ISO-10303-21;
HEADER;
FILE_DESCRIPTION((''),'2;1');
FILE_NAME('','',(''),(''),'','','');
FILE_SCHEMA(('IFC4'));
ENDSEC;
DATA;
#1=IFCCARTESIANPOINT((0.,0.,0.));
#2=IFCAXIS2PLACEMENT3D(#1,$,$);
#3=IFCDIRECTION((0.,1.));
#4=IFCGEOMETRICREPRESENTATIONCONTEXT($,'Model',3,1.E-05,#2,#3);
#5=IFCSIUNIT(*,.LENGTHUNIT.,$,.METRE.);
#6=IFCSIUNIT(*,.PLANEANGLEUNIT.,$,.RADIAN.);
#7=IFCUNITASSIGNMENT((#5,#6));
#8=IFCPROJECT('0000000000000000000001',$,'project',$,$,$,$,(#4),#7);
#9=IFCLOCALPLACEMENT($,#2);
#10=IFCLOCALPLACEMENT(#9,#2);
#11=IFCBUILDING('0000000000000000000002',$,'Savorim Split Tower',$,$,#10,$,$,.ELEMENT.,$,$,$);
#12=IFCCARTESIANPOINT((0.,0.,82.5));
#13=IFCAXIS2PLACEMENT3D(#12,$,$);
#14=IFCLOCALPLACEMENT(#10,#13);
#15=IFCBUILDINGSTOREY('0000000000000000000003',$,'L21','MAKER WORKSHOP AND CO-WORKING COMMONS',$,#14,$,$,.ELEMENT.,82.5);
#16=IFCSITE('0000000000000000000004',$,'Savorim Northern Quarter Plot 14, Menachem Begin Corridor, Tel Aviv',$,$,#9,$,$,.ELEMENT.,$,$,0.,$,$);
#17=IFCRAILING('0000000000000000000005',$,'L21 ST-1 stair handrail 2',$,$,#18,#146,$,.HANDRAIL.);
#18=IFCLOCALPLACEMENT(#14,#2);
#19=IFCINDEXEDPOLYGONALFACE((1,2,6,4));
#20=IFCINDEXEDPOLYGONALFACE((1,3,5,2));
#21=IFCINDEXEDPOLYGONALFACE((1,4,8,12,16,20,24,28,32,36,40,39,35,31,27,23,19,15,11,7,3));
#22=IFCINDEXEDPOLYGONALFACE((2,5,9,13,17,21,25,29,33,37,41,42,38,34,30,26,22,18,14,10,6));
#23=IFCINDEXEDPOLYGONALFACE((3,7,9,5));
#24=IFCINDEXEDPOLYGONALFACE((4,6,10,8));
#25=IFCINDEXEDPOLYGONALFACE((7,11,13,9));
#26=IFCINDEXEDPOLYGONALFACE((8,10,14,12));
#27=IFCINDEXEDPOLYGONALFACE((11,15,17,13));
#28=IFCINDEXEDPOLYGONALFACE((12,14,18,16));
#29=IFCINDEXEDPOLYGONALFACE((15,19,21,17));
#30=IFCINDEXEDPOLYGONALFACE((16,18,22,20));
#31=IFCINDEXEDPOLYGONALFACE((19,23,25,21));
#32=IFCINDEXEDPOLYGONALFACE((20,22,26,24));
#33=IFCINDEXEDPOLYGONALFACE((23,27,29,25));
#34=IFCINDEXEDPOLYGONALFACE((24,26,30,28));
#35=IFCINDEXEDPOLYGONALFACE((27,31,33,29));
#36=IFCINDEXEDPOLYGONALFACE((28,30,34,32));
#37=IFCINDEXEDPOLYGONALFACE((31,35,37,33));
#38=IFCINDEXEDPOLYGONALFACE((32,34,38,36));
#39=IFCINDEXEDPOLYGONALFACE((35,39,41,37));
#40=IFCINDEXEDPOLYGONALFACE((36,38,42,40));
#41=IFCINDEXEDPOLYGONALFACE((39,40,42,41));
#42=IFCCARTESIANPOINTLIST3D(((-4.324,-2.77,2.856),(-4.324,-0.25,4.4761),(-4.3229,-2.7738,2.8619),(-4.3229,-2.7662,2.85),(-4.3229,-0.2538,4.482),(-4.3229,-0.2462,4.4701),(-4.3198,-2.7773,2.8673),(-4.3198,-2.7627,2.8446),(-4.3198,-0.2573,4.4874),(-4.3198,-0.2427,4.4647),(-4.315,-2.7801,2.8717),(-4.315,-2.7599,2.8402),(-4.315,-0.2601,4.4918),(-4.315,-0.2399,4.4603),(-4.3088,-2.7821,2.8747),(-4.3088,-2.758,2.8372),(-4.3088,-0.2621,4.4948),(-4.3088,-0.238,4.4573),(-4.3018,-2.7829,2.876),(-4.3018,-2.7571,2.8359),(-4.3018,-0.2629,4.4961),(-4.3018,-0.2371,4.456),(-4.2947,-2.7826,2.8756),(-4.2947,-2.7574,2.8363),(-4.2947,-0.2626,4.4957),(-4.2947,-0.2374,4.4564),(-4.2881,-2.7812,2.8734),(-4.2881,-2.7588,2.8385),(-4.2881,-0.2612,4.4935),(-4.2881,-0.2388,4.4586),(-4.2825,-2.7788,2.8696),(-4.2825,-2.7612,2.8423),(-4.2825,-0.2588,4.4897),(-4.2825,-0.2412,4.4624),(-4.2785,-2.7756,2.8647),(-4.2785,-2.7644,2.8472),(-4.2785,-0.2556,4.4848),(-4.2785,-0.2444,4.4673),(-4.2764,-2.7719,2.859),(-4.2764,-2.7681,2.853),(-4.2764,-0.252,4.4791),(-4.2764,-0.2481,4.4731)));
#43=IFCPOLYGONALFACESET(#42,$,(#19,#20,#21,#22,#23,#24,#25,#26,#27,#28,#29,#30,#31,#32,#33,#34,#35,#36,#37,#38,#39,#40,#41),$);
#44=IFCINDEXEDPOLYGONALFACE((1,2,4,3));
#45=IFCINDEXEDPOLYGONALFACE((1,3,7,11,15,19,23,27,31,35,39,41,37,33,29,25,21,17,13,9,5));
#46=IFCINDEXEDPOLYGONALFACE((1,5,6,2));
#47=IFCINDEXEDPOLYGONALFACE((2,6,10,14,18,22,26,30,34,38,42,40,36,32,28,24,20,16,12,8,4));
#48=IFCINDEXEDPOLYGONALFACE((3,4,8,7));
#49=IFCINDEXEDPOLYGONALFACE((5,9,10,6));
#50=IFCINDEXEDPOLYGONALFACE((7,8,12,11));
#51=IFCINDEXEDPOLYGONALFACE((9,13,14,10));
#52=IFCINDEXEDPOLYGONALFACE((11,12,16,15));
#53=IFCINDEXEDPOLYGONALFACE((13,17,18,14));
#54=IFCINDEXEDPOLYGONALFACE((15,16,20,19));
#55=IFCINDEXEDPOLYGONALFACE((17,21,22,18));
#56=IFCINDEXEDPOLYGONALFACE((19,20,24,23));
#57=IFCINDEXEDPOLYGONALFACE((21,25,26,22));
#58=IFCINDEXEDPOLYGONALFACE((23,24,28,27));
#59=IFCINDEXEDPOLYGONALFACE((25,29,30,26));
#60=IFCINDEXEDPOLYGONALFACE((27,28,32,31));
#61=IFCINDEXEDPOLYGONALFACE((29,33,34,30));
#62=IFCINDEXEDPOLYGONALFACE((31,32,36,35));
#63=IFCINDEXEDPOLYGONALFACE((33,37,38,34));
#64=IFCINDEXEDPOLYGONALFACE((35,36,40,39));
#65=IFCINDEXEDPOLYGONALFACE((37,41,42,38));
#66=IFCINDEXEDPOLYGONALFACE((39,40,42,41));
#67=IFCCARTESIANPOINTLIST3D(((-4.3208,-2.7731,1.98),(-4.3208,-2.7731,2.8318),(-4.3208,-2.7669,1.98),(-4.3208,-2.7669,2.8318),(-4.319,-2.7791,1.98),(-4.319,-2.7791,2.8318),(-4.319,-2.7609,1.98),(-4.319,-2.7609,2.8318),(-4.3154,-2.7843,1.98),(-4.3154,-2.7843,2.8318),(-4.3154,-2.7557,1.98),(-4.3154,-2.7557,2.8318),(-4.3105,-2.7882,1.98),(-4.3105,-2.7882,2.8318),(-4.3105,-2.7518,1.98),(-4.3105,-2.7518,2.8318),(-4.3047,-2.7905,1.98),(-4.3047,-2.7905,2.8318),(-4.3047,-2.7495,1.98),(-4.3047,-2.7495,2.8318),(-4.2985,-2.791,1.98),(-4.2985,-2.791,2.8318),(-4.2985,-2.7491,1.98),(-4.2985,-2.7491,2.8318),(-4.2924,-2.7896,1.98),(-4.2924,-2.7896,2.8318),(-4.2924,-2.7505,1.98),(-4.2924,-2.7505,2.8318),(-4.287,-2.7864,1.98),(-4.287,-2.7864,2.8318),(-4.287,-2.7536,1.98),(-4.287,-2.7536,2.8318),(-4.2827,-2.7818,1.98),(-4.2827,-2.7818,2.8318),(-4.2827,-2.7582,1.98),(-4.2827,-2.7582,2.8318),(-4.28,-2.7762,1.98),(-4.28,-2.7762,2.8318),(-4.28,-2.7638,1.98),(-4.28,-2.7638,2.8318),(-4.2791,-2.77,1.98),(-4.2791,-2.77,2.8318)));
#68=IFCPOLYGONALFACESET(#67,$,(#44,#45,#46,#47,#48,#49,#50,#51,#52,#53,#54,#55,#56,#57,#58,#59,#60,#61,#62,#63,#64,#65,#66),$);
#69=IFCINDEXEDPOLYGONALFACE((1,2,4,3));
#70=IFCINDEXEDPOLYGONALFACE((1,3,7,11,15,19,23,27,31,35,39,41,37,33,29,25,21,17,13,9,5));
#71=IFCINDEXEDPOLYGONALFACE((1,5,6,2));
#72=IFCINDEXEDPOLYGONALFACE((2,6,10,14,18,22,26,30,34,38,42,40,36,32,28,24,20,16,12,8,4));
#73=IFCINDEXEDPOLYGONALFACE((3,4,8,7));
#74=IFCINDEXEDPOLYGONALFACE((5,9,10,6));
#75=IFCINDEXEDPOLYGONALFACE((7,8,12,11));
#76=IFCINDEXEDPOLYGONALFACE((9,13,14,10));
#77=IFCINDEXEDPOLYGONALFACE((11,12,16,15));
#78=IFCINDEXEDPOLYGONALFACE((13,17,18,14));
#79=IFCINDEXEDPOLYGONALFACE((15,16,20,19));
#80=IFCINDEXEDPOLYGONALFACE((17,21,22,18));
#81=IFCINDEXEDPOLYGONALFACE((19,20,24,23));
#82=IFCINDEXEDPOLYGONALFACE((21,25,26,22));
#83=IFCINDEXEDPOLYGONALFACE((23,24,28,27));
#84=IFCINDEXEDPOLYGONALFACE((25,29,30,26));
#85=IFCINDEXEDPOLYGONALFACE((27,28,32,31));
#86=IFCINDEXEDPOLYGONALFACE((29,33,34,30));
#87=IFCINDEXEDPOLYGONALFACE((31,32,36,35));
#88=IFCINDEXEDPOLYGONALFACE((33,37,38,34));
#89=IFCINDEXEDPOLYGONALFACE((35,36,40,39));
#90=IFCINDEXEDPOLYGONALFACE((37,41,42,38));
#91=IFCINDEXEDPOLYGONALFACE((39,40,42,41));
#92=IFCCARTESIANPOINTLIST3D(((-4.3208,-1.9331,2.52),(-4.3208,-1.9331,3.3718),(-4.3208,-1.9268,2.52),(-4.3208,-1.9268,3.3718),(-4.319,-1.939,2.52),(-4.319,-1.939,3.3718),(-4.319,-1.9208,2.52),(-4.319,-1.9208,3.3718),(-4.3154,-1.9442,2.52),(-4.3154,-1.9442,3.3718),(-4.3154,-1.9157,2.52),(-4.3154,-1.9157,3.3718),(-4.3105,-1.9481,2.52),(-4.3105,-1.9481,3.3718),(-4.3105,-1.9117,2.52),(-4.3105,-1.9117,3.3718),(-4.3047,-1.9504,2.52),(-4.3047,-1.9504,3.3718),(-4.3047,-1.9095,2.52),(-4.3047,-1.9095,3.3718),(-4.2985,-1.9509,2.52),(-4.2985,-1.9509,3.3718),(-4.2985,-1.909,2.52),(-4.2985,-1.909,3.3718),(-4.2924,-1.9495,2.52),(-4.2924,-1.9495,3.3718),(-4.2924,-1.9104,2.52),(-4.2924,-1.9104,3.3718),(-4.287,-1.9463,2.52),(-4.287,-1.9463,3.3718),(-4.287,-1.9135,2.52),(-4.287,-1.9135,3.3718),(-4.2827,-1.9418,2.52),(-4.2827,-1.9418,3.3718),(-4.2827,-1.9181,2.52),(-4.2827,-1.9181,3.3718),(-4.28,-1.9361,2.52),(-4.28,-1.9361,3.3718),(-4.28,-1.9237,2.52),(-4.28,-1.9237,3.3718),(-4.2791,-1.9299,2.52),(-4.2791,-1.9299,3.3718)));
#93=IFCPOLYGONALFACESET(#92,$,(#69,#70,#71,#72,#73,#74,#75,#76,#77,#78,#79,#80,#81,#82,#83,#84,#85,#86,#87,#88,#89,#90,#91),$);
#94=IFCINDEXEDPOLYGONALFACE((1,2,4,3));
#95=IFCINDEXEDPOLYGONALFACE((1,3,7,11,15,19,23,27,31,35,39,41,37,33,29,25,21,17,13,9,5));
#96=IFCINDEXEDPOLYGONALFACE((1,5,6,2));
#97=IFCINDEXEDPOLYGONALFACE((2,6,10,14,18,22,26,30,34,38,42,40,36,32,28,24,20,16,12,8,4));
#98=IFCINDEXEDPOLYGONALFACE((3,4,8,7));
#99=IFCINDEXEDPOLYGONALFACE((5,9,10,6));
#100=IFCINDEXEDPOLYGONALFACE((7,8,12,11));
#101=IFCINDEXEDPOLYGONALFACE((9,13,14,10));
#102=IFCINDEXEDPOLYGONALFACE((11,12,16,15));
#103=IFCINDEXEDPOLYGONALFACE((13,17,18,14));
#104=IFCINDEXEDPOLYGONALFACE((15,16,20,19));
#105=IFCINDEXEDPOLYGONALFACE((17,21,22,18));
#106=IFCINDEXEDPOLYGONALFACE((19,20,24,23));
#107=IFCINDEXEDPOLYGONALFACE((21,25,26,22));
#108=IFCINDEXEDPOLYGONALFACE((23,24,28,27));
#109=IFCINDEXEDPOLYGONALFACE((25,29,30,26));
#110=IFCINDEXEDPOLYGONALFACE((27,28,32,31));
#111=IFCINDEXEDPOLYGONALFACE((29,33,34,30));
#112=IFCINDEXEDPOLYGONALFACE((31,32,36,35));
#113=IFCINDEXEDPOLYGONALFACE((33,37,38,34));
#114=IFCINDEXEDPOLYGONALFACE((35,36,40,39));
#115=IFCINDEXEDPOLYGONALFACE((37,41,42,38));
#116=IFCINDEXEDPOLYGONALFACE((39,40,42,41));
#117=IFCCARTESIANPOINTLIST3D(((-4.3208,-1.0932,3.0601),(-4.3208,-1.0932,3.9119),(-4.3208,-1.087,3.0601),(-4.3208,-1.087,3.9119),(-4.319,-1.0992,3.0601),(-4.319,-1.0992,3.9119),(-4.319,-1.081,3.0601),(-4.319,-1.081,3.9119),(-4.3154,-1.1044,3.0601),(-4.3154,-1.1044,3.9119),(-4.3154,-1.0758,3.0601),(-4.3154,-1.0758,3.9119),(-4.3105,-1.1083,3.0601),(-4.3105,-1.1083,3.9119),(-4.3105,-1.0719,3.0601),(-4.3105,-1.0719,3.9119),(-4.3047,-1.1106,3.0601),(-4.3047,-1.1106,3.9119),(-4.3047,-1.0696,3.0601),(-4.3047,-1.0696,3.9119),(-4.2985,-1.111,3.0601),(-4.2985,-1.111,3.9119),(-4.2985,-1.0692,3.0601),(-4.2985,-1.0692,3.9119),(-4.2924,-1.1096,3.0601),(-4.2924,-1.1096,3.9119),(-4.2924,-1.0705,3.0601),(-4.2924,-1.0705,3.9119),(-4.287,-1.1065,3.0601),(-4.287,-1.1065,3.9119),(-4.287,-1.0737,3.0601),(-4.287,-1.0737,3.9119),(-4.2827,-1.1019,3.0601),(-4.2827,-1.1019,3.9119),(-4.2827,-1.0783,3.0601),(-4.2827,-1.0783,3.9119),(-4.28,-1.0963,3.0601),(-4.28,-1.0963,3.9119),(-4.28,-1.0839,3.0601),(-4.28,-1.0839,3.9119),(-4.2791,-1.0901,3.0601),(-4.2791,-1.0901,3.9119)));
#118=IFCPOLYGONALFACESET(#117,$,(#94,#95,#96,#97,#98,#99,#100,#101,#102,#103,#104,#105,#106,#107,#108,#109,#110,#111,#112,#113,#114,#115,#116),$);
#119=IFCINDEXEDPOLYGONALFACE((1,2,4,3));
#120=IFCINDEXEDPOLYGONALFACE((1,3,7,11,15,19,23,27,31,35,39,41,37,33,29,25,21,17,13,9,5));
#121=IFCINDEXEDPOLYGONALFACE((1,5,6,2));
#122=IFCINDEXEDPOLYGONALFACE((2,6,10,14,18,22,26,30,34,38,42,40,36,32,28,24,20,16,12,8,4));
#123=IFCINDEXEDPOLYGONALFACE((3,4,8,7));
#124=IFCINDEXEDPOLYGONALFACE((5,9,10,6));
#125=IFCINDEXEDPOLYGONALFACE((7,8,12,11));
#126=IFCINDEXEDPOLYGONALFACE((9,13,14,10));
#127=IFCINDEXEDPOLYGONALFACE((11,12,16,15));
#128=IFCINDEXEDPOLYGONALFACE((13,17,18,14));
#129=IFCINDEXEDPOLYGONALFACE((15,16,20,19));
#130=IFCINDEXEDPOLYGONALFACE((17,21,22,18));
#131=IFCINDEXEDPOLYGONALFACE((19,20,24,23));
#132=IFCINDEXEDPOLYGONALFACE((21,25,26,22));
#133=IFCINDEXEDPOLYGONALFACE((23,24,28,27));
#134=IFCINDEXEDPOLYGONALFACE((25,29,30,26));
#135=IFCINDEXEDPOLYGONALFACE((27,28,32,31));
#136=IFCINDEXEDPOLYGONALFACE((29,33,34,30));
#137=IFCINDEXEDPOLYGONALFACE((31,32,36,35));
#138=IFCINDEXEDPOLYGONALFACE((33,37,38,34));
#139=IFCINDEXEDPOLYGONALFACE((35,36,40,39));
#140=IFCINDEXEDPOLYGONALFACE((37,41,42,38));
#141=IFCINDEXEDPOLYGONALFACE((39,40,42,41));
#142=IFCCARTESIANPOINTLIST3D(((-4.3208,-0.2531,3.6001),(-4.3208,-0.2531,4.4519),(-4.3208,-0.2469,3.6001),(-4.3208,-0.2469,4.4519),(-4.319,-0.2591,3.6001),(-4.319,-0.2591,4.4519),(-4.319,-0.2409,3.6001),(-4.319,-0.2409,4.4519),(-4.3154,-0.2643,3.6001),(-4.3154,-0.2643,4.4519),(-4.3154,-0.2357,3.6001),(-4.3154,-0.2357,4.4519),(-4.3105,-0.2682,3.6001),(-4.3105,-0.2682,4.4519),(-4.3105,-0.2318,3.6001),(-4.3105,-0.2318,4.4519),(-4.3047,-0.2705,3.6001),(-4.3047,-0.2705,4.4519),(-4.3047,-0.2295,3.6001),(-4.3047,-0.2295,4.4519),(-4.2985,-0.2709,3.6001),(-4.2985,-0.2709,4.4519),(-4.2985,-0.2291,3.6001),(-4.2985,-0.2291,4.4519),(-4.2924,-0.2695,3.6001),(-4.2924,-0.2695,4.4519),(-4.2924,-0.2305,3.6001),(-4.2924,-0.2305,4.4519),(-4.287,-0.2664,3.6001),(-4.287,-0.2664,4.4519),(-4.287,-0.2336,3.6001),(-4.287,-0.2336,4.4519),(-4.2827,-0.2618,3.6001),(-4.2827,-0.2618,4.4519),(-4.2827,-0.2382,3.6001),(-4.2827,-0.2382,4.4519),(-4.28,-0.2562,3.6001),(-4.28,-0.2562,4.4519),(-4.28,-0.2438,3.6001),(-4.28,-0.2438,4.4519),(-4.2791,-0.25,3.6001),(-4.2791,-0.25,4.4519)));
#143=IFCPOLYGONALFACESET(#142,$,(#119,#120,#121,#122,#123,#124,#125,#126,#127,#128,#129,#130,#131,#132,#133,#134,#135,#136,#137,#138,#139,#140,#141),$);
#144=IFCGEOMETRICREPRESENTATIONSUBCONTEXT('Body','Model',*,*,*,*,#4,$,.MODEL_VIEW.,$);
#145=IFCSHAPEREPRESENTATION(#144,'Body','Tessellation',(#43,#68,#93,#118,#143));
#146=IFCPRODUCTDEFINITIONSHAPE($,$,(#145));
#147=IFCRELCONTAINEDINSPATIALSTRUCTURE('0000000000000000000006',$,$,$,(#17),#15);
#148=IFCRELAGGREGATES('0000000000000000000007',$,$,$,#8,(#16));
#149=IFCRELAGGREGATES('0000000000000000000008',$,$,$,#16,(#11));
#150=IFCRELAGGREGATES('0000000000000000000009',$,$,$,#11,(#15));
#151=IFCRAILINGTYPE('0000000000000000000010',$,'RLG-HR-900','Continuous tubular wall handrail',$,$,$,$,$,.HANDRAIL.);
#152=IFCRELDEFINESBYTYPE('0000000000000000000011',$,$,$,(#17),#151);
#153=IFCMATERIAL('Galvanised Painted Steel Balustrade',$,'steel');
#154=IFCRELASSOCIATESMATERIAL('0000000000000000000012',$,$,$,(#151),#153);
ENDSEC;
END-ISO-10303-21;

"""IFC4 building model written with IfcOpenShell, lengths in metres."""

from ifc_helpers import new_model, si_unit, direction, frame, origin, origin_2d, place, context, subcontext, project, spatial, circle, extrude, material, type_object, element, save


model = new_model("IFC4")

# Units and contexts
model_context = context("Model", 3, precision=1e-05, world=origin(), true_north=direction((0.0, 1.0)))
body_context = subcontext(model_context, "Body", "Model", "MODEL_VIEW")
ifc_project = project(units=[si_unit("LENGTHUNIT", "METRE"), si_unit("PLANEANGLEUNIT", "RADIAN")], contexts=[model_context])

# Site, building, storey
site_placement = place(None, origin())
site = spatial("IfcSite", under=ifc_project, at=site_placement, Name="Savorim Northern Quarter Plot 14, Menachem Begin Corridor, Tel Aviv", CompositionType="ELEMENT", RefElevation=0.0)
building_placement = place(site_placement, origin())
building = spatial("IfcBuilding", under=site, at=building_placement, Name="Savorim Split Tower", CompositionType="ELEMENT")
storey_placement = place(building_placement, frame((0.0, 0.0, 82.5)))
storey = spatial("IfcBuildingStorey", under=building, at=storey_placement, Name="L21", Description="MAKER WORKSHOP AND CO-WORKING COMMONS", CompositionType="ELEMENT", Elevation=82.5)

# Railing
ifc_material_1 = material(Name="Galvanised Painted Steel Balustrade", Category="steel")
railing_type_1 = type_object("IfcRailingType", Name="RLG-HR-900", Description="Continuous tubular wall handrail", PredefinedType="HANDRAIL", material=ifc_material_1)
railing_1_placement = place(storey_placement, frame((-4.3, -2.77, 1.98)))
element("IfcRailing", 1, at=railing_1_placement, inside=storey, type_object=railing_type_1, Name="L21 ST-1 stair handrail 2", PredefinedType="HANDRAIL", context=body_context, shape_type="SweptSolid", body=[
    extrude(circle(Radius=0.0239, at=origin_2d()), frame((0.0, 0.0, 0.876), z_axis=(0.0, 0.841163, 0.540782), x_axis=(-1.0, 0.0, 0.0)), (0.0, 0.0, 1.0), 2.9958),
    extrude(circle(Radius=0.021, at=origin_2d()), origin(), (0.0, 0.0, 1.0), 0.8518),
    extrude(circle(Radius=0.021, at=origin_2d()), frame((0.0, 0.8401, 0.54)), (0.0, 0.0, 1.0), 0.8518),
    extrude(circle(Radius=0.021, at=origin_2d()), frame((0.0, 1.6799, 1.0801)), (0.0, 0.0, 1.0), 0.8518),
    extrude(circle(Radius=0.021, at=origin_2d()), frame((0.0, 2.52, 1.6201)), (0.0, 0.0, 1.0), 0.8518),
])

save(model, "model.ifc")
